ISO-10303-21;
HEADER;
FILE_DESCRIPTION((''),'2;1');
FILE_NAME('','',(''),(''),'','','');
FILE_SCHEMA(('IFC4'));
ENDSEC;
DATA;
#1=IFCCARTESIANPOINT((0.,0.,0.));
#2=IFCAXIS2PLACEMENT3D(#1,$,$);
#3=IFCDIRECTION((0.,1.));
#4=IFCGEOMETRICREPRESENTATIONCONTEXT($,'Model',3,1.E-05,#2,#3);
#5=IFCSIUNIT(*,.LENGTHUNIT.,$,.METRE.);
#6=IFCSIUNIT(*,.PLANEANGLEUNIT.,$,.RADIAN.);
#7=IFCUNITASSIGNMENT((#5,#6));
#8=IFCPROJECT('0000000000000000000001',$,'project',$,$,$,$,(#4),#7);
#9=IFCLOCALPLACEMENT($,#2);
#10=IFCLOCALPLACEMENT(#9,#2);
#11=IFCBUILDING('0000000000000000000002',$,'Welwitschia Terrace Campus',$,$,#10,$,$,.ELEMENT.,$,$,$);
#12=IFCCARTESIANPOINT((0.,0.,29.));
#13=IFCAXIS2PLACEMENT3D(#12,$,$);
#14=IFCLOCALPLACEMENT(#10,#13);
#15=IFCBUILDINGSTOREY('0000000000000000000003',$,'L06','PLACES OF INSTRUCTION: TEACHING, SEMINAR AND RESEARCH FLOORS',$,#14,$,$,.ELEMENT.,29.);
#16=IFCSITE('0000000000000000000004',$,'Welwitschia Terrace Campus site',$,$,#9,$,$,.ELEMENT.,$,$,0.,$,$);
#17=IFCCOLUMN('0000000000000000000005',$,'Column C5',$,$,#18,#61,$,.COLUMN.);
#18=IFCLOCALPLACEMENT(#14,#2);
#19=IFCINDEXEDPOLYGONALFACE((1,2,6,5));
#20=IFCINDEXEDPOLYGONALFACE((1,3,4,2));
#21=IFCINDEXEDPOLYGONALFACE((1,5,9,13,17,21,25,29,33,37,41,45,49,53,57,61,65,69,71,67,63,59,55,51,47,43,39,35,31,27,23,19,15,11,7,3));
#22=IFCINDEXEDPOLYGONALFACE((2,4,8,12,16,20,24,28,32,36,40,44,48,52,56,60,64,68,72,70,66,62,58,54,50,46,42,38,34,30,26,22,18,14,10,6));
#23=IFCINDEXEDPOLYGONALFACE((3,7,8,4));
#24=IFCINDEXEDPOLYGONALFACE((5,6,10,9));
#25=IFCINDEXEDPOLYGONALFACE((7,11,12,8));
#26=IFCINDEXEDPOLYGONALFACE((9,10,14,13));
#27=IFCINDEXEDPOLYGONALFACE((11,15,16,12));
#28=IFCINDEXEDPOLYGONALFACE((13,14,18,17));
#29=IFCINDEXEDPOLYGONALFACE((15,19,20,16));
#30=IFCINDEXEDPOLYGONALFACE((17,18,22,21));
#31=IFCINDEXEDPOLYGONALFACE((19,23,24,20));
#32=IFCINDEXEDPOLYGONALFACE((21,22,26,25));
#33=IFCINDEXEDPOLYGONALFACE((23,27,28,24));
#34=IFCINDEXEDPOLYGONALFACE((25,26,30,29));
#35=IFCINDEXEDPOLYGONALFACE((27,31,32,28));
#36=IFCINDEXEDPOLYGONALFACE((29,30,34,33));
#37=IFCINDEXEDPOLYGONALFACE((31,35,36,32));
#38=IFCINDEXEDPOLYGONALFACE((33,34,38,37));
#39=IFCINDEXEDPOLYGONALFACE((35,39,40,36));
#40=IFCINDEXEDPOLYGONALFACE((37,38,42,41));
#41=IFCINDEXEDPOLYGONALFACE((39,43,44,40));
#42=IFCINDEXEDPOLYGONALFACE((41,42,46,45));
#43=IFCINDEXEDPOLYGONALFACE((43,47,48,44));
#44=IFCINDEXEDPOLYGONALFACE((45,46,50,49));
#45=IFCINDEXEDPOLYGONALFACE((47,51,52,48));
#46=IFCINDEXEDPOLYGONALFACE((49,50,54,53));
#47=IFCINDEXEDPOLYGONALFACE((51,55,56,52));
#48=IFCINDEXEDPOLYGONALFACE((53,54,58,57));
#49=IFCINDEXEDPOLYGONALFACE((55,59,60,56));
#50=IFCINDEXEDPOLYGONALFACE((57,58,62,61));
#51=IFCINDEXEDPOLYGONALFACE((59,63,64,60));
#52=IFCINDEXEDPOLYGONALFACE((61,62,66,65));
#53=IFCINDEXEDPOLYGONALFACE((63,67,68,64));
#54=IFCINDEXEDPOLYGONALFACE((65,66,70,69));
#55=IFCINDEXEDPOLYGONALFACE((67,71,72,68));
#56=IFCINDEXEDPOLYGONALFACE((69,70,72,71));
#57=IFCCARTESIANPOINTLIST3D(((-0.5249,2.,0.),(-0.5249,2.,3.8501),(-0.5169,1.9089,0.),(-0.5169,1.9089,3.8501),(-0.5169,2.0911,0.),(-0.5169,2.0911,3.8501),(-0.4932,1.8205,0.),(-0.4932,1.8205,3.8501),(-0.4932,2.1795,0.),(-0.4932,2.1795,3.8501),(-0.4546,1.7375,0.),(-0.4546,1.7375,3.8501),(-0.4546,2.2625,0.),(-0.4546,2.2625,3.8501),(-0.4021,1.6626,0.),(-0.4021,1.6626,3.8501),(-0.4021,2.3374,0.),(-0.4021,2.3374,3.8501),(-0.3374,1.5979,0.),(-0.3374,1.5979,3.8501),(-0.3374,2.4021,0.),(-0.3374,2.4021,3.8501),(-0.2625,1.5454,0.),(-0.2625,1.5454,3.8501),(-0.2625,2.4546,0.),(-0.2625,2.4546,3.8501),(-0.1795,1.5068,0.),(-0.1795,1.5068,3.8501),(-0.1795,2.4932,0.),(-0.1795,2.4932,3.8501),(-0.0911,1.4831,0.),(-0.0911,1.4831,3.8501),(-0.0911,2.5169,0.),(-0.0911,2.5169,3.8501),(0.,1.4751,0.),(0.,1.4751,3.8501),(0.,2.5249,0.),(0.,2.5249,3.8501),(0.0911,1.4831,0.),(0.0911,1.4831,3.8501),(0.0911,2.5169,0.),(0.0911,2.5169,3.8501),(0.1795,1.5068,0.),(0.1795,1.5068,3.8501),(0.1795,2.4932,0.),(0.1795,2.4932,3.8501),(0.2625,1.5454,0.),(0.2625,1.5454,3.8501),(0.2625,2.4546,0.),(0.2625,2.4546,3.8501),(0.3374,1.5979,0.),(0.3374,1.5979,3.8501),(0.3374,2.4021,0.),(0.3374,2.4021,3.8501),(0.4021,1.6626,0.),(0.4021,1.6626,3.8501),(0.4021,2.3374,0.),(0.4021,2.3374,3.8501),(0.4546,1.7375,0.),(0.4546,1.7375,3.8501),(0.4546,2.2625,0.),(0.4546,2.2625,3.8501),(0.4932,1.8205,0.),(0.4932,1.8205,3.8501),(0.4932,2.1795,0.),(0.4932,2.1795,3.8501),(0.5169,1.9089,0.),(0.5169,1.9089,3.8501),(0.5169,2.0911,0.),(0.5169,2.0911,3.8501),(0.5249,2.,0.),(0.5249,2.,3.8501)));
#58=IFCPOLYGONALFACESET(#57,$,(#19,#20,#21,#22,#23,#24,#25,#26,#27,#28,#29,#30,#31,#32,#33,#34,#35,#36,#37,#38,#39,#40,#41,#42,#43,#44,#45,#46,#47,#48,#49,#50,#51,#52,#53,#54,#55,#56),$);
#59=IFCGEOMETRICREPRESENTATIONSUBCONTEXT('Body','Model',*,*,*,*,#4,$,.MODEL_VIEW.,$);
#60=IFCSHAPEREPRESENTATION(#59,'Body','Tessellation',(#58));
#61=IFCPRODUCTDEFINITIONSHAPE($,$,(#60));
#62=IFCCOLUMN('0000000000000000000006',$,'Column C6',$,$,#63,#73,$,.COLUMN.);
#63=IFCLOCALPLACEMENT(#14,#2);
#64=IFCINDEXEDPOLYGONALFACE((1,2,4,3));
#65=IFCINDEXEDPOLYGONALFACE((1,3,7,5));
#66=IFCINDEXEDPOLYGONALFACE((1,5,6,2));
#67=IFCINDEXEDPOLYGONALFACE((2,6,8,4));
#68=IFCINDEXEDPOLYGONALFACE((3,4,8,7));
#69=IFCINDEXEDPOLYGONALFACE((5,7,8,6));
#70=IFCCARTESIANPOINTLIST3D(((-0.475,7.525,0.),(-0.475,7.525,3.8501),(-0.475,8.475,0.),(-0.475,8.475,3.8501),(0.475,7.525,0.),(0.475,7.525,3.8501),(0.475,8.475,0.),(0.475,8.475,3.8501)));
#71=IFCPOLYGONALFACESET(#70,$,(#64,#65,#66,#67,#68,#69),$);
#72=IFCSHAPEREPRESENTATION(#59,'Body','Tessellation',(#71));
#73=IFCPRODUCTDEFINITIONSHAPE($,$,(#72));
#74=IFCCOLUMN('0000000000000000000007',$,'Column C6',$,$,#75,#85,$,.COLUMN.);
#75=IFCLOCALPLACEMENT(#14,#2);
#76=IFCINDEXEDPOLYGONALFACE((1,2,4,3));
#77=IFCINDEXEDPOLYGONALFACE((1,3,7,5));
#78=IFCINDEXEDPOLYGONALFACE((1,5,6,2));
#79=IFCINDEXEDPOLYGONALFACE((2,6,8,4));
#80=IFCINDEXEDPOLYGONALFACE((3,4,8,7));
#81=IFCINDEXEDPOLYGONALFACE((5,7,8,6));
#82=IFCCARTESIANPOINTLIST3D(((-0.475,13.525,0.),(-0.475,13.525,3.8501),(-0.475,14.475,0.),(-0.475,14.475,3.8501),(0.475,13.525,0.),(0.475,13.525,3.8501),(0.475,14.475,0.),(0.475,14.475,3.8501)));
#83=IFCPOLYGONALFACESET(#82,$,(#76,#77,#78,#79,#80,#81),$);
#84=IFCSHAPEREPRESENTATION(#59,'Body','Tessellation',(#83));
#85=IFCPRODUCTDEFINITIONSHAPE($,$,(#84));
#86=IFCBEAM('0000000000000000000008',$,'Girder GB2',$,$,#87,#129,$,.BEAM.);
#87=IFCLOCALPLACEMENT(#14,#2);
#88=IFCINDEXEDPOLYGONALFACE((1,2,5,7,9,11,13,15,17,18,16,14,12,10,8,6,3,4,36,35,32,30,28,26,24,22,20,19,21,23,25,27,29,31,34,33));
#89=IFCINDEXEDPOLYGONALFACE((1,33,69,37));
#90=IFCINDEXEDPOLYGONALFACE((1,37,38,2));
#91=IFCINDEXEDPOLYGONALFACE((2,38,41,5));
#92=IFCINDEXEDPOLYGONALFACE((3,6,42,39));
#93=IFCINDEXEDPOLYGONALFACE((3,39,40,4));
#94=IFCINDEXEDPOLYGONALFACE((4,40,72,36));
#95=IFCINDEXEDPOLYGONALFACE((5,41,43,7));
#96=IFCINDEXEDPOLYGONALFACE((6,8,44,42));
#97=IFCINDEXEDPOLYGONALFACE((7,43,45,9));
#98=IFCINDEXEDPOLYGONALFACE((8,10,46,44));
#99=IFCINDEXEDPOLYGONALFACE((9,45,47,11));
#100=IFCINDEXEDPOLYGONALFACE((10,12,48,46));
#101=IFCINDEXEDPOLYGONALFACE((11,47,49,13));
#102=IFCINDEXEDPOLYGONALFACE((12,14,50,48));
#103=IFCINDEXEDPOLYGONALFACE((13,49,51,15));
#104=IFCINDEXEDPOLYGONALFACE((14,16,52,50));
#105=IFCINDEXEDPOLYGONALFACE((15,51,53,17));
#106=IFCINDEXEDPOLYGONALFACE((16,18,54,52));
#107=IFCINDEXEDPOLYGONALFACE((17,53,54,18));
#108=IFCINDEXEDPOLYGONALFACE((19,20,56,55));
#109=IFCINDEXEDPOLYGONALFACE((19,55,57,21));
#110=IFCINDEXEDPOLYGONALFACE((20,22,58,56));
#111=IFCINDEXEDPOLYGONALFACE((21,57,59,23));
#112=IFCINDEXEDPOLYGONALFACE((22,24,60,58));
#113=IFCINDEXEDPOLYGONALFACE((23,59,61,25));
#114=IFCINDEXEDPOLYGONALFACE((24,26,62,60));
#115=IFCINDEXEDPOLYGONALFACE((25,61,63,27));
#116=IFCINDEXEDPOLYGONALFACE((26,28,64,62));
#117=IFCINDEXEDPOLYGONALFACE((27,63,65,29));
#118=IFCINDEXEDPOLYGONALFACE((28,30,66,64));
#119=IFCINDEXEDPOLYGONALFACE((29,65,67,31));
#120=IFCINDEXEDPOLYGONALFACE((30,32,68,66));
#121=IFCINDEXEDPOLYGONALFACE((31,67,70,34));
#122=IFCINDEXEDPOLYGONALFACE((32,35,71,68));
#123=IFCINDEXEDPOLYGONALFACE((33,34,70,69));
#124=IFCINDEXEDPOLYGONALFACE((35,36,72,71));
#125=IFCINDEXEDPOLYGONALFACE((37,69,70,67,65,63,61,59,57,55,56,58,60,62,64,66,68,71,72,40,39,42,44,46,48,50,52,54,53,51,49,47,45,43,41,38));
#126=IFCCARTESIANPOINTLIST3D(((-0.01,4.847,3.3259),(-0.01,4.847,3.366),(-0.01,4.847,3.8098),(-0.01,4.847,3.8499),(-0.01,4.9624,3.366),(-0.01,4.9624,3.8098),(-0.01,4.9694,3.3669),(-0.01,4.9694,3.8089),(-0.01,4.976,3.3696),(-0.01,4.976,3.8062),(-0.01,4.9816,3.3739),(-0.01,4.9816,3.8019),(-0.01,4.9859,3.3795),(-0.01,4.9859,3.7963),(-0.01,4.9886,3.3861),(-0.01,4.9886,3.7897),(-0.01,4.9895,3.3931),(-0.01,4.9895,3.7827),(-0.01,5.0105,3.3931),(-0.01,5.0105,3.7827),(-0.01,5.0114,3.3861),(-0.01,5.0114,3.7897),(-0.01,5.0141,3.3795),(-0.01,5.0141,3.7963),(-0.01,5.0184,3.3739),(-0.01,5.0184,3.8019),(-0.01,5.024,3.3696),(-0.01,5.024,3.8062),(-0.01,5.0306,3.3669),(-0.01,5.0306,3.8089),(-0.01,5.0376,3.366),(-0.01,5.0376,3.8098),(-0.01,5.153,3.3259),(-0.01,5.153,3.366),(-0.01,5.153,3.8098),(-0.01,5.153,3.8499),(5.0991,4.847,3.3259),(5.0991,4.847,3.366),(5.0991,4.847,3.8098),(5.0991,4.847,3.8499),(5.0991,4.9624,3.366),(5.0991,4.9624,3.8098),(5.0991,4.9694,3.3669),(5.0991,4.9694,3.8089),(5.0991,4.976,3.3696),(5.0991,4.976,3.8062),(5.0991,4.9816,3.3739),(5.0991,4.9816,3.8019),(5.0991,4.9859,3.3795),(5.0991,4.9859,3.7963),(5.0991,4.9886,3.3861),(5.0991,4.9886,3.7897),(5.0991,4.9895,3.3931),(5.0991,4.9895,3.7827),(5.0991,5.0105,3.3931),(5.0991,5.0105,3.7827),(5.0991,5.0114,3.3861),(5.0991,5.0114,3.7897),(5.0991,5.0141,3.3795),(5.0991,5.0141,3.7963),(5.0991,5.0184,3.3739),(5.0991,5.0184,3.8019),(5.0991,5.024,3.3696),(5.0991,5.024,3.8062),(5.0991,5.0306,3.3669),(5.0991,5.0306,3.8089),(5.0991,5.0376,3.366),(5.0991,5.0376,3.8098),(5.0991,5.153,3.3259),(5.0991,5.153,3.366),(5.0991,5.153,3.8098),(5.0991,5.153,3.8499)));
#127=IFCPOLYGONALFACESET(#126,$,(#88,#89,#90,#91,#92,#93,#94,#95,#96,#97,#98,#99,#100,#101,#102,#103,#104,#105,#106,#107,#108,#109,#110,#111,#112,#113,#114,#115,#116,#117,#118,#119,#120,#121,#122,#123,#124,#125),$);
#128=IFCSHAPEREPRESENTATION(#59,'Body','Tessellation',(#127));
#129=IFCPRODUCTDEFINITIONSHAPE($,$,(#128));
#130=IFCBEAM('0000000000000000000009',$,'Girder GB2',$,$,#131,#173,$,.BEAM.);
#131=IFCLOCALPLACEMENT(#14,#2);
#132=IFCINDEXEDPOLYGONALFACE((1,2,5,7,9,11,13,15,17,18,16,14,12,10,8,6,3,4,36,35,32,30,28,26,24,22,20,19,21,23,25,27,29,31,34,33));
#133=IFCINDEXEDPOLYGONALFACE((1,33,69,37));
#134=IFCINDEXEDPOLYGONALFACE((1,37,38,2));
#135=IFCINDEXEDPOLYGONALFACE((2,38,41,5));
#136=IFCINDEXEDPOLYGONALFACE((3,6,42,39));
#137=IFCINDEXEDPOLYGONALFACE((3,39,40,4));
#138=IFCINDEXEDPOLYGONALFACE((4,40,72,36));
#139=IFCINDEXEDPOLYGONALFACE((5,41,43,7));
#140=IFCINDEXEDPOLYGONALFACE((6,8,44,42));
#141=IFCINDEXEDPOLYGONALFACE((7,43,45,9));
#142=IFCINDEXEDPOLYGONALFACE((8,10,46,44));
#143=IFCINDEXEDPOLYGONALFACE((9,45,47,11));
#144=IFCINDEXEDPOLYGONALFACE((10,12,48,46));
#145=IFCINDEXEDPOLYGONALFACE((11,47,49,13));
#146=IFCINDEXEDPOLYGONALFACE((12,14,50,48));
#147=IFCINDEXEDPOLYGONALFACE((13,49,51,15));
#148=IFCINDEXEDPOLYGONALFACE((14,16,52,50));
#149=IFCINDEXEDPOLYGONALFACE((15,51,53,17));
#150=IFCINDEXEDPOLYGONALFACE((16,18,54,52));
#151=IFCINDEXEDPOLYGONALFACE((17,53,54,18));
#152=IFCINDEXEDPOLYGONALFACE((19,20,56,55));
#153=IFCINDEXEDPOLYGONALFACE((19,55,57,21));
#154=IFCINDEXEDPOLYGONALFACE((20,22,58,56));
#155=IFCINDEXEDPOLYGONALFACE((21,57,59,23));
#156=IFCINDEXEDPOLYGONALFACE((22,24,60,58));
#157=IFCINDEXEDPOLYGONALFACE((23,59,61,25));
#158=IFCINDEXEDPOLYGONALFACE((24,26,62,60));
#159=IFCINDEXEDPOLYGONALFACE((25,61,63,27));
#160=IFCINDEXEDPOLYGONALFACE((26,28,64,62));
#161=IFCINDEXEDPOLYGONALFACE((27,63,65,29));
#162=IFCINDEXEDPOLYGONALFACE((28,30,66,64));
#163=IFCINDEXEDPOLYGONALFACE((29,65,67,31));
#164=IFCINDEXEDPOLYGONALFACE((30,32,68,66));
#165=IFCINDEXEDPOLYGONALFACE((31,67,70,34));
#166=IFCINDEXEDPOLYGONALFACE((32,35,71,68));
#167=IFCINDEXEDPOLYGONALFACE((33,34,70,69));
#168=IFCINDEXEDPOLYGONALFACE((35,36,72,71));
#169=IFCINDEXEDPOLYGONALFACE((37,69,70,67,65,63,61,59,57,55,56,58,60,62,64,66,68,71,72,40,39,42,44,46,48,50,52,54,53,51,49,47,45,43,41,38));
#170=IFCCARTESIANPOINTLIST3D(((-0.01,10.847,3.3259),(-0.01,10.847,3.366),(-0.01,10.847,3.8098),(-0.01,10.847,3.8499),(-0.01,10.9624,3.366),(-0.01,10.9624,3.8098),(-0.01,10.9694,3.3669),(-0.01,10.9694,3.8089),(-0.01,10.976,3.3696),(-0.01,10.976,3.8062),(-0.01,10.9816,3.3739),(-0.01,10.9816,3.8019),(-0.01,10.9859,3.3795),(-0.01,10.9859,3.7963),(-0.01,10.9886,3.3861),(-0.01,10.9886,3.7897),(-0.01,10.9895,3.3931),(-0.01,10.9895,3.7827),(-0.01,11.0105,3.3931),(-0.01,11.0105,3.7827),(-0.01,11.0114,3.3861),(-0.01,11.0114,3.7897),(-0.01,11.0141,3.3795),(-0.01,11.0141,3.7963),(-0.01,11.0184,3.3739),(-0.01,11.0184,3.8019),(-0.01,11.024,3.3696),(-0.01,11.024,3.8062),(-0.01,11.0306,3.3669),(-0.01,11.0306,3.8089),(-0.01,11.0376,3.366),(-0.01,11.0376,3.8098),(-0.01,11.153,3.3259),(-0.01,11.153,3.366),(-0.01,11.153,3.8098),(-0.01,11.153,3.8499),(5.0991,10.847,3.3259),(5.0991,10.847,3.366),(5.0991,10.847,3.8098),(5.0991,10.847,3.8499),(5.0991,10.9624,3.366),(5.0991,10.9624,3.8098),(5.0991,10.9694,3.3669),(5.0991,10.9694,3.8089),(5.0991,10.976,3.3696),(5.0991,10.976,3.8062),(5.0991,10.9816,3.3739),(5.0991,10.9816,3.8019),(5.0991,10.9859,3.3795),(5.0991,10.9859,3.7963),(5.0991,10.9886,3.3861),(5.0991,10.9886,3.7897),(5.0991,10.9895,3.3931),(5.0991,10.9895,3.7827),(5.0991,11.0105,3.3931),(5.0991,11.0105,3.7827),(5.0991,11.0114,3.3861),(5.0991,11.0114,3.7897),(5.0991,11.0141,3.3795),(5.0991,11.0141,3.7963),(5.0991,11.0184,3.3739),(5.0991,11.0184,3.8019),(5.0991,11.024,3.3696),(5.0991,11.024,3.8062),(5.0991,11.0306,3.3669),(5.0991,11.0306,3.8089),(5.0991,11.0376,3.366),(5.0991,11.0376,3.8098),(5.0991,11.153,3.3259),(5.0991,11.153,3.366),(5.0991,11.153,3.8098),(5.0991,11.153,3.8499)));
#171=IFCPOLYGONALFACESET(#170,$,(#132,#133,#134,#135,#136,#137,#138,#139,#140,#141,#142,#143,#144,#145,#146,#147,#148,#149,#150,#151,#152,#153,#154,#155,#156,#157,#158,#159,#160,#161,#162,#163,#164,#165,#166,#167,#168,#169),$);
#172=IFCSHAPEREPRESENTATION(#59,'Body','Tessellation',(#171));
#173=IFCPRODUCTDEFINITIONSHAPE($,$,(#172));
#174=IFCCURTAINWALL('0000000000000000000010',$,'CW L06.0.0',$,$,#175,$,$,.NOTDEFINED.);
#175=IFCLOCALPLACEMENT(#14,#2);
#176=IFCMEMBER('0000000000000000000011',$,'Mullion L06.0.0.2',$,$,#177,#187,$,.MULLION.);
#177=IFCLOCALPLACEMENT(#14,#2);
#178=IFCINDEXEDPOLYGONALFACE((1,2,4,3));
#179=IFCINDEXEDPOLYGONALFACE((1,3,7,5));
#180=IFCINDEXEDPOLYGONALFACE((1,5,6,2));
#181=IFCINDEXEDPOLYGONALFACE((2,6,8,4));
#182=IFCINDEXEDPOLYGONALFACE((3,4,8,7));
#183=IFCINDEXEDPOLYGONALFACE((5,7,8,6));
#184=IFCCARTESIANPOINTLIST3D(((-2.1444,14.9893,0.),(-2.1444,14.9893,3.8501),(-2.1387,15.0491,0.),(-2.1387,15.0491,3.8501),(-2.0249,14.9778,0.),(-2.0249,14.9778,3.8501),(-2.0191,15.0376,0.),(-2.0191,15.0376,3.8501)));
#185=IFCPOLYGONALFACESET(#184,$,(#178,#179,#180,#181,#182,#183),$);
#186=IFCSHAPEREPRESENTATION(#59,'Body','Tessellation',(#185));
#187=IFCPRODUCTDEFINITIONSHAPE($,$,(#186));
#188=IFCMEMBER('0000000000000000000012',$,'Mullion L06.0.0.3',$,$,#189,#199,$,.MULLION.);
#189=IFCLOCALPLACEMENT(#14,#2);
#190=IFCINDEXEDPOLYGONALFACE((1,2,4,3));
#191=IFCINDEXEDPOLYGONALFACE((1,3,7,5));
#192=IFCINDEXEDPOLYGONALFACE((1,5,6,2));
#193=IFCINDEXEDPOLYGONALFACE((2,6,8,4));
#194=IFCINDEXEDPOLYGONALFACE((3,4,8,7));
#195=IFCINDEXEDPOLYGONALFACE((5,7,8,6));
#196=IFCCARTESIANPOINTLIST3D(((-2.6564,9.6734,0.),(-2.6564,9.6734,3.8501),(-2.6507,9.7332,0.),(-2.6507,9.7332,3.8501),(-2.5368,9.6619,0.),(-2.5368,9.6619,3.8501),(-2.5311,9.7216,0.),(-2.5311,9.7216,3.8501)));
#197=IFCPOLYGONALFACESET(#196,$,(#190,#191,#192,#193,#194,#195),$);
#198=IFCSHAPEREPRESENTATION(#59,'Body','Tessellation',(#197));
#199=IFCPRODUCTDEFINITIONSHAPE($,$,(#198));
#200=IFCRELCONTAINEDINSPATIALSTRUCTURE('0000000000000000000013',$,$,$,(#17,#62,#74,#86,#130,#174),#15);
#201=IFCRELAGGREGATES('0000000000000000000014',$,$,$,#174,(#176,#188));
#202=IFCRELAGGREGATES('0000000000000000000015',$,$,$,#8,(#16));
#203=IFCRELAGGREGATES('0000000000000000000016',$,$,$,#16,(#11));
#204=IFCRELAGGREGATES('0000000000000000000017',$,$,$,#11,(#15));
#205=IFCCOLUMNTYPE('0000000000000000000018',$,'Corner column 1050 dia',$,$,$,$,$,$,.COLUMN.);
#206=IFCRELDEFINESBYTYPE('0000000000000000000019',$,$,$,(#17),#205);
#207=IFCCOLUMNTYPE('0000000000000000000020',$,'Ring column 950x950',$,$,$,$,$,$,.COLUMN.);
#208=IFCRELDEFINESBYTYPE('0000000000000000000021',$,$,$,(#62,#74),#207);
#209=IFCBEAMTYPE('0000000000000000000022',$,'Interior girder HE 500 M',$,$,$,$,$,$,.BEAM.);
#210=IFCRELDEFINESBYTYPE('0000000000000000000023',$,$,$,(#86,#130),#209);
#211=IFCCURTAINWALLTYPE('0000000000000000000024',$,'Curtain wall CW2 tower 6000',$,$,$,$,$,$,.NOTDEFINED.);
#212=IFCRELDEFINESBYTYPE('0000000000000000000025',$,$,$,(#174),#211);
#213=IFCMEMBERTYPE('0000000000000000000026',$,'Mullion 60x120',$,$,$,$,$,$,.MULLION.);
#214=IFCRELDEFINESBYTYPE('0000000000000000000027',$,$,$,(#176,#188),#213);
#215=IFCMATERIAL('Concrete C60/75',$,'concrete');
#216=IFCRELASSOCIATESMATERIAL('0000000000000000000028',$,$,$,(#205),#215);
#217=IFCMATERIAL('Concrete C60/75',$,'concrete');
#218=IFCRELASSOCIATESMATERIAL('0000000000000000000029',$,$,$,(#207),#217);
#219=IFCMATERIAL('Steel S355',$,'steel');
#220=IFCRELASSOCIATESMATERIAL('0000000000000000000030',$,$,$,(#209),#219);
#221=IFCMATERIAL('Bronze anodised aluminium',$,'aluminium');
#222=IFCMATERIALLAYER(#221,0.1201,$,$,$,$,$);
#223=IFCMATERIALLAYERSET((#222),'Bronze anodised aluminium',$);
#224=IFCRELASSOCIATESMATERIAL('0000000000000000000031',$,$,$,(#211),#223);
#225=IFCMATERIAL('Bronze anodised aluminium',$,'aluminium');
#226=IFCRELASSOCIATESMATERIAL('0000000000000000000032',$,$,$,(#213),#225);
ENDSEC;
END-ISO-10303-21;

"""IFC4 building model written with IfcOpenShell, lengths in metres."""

from ifc_helpers import new_model, si_unit, direction, frame, origin, origin_2d, place, context, subcontext, project, spatial, rectangle, circle, i_section, extrude, material, layer, layer_set, material_profile, profile_set, type_object, element, aggregate, save


model = new_model("IFC4")

# Units and contexts
model_context = context("Model", 3, precision=1e-05, world=origin(), true_north=direction((0.0, 1.0)))
body_context = subcontext(model_context, "Body", "Model", "MODEL_VIEW")
ifc_project = project(units=[si_unit("LENGTHUNIT", "METRE"), si_unit("PLANEANGLEUNIT", "RADIAN")], contexts=[model_context])

# Site, building, storey
site_placement = place(None, origin())
site = spatial("IfcSite", under=ifc_project, at=site_placement, Name="Welwitschia Terrace Campus site", CompositionType="ELEMENT", RefElevation=0.0)
building_placement = place(site_placement, origin())
building = spatial("IfcBuilding", under=site, at=building_placement, Name="Welwitschia Terrace Campus", CompositionType="ELEMENT")
storey_placement = place(building_placement, frame((0.0, 0.0, 29.0)))
storey = spatial("IfcBuildingStorey", under=building, at=storey_placement, Name="L06", Description="PLACES OF INSTRUCTION: TEACHING, SEMINAR AND RESEARCH FLOORS", CompositionType="ELEMENT", Elevation=29.0)

# Columns
ifc_material_1 = material(Name="Concrete C60/75", Category="concrete")
ifc_material_profile_1 = material_profile(ifc_material_1, circle(Radius=0.5249, at=origin_2d()))
ifc_profile_set_1 = profile_set([ifc_material_profile_1], Name="Concrete C60/75")
column_type_1 = type_object("IfcColumnType", Name="Corner column 1050 dia", PredefinedType="COLUMN", material=ifc_profile_set_1)
column_placement = place(storey_placement, frame((0.0, 2.0, 0.0), z_axis=(0.0, 0.0, 1.0), x_axis=(1.0, 0.0, 0.0)))
element("IfcColumn", 1, at=column_placement, inside=storey, type_object=column_type_1, Name="Column C5", PredefinedType="COLUMN", context=body_context, shape_type="SweptSolid", body=[
    extrude(circle(Radius=0.5249, at=origin_2d()), origin(), (0.0, 0.0, 1.0), 3.8501),
])
ifc_material_2 = material(Name="Concrete C60/75", Category="concrete")
ifc_material_profile_2 = material_profile(ifc_material_2, rectangle(XDim=0.95, YDim=0.95, at=origin_2d()))
ifc_profile_set_2 = profile_set([ifc_material_profile_2], Name="Concrete C60/75")
column_type_2 = type_object("IfcColumnType", Name="Ring column 950x950", PredefinedType="COLUMN", material=ifc_profile_set_2)
for number, where, z_axis, x_axis, name in (
    (2, (0.0, 8.0, 0.0), (0.0, 0.0, 1.0), (1.0, 0.0, 0.0), "Column C6"),
    (3, (0.0, 14.0, 0.0), (0.0, 0.0, 1.0), (1.0, 0.0, 0.0), "Column C6"),
):
    element("IfcColumn", number, at=place(storey_placement, frame(where, z_axis=z_axis, x_axis=x_axis)), inside=storey, type_object=column_type_2, Name=name, PredefinedType="COLUMN", context=body_context, shape_type="SweptSolid", body=[
        extrude(rectangle(XDim=0.95, YDim=0.95, at=origin_2d()), origin(), (0.0, 0.0, 1.0), 3.8501),
    ])

# Beams
ifc_material_3 = material(Name="Steel S355", Category="steel")
ifc_material_profile_3 = material_profile(ifc_material_3, i_section(OverallWidth=0.3059, OverallDepth=0.5239, WebThickness=0.021, FlangeThickness=0.04, FilletRadius=0.0271, at=origin_2d()))
ifc_profile_set_3 = profile_set([ifc_material_profile_3], Name="Steel S355")
beam_type_1 = type_object("IfcBeamType", Name="Interior girder HE 500 M", PredefinedType="BEAM", material=ifc_profile_set_3)
for number, where, z_axis, x_axis, name in (
    (4, (-0.01, 5.0, 3.5879), (1.0, 0.0, 0.0), (0.0, 1.0, 0.0), "Girder GB2"),
    (5, (-0.01, 11.0, 3.5879), (1.0, 0.0, 0.0), (0.0, 1.0, 0.0), "Girder GB2"),
):
    element("IfcBeam", number, at=place(storey_placement, frame(where, z_axis=z_axis, x_axis=x_axis)), inside=storey, type_object=beam_type_1, Name=name, PredefinedType="BEAM", context=body_context, shape_type="SweptSolid", body=[
        extrude(i_section(OverallWidth=0.3059, OverallDepth=0.5239, WebThickness=0.021, FlangeThickness=0.04, FilletRadius=0.0271, at=origin_2d()), origin(), (0.0, 0.0, 1.0), 5.1091),
    ])

# Curtain wall, members
ifc_material_4 = material(Name="Bronze anodised aluminium", Category="aluminium")
ifc_layer_1 = layer(ifc_material_4, 0.1201)
ifc_layer_set_1 = layer_set([ifc_layer_1], Name="Bronze anodised aluminium")
curtain_wall_type = type_object("IfcCurtainWallType", Name="Curtain wall CW2 tower 6000", PredefinedType="NOTDEFINED", material=ifc_layer_set_1)
curtain_wall_1_placement = place(storey_placement, origin())
curtain_wall_1 = element("IfcCurtainWall", 6, at=curtain_wall_1_placement, inside=storey, type_object=curtain_wall_type, Name="CW L06.0.0", PredefinedType="NOTDEFINED")
ifc_material_5 = material(Name="Bronze anodised aluminium", Category="aluminium")
ifc_material_profile_4 = material_profile(ifc_material_5, rectangle(XDim=0.1201, YDim=0.0601, at=origin_2d()))
ifc_profile_set_4 = profile_set([ifc_material_profile_4], Name="Bronze anodised aluminium")
member_type_1 = type_object("IfcMemberType", Name="Mullion 60x120", PredefinedType="MULLION", material=ifc_profile_set_4)
member_1_placement = place(storey_placement, frame((-2.0818, 15.0134, 0.0), z_axis=(0.0, 0.0, 1.0), x_axis=(0.995396, -0.095846, 0.0)))
member_1 = element("IfcMember", 7, at=member_1_placement, type_object=member_type_1, Name="Mullion L06.0.0.2", PredefinedType="MULLION", context=body_context, shape_type="SweptSolid", body=[
    extrude(rectangle(XDim=0.1201, YDim=0.0601, at=origin_2d()), origin(), (0.0, 0.0, 1.0), 3.8501),
])
member_2_placement = place(storey_placement, frame((-2.5938, 9.6975, 0.0), z_axis=(0.0, 0.0, 1.0), x_axis=(0.995396, -0.095846, 0.0)))
member_2 = element("IfcMember", 8, at=member_2_placement, type_object=member_type_1, Name="Mullion L06.0.0.3", PredefinedType="MULLION", context=body_context, shape_type="SweptSolid", body=[
    extrude(rectangle(XDim=0.1201, YDim=0.0601, at=origin_2d()), origin(), (0.0, 0.0, 1.0), 3.8501),
])

aggregate(curtain_wall_1, [member_1, member_2])

save(model, "model.ifc")
